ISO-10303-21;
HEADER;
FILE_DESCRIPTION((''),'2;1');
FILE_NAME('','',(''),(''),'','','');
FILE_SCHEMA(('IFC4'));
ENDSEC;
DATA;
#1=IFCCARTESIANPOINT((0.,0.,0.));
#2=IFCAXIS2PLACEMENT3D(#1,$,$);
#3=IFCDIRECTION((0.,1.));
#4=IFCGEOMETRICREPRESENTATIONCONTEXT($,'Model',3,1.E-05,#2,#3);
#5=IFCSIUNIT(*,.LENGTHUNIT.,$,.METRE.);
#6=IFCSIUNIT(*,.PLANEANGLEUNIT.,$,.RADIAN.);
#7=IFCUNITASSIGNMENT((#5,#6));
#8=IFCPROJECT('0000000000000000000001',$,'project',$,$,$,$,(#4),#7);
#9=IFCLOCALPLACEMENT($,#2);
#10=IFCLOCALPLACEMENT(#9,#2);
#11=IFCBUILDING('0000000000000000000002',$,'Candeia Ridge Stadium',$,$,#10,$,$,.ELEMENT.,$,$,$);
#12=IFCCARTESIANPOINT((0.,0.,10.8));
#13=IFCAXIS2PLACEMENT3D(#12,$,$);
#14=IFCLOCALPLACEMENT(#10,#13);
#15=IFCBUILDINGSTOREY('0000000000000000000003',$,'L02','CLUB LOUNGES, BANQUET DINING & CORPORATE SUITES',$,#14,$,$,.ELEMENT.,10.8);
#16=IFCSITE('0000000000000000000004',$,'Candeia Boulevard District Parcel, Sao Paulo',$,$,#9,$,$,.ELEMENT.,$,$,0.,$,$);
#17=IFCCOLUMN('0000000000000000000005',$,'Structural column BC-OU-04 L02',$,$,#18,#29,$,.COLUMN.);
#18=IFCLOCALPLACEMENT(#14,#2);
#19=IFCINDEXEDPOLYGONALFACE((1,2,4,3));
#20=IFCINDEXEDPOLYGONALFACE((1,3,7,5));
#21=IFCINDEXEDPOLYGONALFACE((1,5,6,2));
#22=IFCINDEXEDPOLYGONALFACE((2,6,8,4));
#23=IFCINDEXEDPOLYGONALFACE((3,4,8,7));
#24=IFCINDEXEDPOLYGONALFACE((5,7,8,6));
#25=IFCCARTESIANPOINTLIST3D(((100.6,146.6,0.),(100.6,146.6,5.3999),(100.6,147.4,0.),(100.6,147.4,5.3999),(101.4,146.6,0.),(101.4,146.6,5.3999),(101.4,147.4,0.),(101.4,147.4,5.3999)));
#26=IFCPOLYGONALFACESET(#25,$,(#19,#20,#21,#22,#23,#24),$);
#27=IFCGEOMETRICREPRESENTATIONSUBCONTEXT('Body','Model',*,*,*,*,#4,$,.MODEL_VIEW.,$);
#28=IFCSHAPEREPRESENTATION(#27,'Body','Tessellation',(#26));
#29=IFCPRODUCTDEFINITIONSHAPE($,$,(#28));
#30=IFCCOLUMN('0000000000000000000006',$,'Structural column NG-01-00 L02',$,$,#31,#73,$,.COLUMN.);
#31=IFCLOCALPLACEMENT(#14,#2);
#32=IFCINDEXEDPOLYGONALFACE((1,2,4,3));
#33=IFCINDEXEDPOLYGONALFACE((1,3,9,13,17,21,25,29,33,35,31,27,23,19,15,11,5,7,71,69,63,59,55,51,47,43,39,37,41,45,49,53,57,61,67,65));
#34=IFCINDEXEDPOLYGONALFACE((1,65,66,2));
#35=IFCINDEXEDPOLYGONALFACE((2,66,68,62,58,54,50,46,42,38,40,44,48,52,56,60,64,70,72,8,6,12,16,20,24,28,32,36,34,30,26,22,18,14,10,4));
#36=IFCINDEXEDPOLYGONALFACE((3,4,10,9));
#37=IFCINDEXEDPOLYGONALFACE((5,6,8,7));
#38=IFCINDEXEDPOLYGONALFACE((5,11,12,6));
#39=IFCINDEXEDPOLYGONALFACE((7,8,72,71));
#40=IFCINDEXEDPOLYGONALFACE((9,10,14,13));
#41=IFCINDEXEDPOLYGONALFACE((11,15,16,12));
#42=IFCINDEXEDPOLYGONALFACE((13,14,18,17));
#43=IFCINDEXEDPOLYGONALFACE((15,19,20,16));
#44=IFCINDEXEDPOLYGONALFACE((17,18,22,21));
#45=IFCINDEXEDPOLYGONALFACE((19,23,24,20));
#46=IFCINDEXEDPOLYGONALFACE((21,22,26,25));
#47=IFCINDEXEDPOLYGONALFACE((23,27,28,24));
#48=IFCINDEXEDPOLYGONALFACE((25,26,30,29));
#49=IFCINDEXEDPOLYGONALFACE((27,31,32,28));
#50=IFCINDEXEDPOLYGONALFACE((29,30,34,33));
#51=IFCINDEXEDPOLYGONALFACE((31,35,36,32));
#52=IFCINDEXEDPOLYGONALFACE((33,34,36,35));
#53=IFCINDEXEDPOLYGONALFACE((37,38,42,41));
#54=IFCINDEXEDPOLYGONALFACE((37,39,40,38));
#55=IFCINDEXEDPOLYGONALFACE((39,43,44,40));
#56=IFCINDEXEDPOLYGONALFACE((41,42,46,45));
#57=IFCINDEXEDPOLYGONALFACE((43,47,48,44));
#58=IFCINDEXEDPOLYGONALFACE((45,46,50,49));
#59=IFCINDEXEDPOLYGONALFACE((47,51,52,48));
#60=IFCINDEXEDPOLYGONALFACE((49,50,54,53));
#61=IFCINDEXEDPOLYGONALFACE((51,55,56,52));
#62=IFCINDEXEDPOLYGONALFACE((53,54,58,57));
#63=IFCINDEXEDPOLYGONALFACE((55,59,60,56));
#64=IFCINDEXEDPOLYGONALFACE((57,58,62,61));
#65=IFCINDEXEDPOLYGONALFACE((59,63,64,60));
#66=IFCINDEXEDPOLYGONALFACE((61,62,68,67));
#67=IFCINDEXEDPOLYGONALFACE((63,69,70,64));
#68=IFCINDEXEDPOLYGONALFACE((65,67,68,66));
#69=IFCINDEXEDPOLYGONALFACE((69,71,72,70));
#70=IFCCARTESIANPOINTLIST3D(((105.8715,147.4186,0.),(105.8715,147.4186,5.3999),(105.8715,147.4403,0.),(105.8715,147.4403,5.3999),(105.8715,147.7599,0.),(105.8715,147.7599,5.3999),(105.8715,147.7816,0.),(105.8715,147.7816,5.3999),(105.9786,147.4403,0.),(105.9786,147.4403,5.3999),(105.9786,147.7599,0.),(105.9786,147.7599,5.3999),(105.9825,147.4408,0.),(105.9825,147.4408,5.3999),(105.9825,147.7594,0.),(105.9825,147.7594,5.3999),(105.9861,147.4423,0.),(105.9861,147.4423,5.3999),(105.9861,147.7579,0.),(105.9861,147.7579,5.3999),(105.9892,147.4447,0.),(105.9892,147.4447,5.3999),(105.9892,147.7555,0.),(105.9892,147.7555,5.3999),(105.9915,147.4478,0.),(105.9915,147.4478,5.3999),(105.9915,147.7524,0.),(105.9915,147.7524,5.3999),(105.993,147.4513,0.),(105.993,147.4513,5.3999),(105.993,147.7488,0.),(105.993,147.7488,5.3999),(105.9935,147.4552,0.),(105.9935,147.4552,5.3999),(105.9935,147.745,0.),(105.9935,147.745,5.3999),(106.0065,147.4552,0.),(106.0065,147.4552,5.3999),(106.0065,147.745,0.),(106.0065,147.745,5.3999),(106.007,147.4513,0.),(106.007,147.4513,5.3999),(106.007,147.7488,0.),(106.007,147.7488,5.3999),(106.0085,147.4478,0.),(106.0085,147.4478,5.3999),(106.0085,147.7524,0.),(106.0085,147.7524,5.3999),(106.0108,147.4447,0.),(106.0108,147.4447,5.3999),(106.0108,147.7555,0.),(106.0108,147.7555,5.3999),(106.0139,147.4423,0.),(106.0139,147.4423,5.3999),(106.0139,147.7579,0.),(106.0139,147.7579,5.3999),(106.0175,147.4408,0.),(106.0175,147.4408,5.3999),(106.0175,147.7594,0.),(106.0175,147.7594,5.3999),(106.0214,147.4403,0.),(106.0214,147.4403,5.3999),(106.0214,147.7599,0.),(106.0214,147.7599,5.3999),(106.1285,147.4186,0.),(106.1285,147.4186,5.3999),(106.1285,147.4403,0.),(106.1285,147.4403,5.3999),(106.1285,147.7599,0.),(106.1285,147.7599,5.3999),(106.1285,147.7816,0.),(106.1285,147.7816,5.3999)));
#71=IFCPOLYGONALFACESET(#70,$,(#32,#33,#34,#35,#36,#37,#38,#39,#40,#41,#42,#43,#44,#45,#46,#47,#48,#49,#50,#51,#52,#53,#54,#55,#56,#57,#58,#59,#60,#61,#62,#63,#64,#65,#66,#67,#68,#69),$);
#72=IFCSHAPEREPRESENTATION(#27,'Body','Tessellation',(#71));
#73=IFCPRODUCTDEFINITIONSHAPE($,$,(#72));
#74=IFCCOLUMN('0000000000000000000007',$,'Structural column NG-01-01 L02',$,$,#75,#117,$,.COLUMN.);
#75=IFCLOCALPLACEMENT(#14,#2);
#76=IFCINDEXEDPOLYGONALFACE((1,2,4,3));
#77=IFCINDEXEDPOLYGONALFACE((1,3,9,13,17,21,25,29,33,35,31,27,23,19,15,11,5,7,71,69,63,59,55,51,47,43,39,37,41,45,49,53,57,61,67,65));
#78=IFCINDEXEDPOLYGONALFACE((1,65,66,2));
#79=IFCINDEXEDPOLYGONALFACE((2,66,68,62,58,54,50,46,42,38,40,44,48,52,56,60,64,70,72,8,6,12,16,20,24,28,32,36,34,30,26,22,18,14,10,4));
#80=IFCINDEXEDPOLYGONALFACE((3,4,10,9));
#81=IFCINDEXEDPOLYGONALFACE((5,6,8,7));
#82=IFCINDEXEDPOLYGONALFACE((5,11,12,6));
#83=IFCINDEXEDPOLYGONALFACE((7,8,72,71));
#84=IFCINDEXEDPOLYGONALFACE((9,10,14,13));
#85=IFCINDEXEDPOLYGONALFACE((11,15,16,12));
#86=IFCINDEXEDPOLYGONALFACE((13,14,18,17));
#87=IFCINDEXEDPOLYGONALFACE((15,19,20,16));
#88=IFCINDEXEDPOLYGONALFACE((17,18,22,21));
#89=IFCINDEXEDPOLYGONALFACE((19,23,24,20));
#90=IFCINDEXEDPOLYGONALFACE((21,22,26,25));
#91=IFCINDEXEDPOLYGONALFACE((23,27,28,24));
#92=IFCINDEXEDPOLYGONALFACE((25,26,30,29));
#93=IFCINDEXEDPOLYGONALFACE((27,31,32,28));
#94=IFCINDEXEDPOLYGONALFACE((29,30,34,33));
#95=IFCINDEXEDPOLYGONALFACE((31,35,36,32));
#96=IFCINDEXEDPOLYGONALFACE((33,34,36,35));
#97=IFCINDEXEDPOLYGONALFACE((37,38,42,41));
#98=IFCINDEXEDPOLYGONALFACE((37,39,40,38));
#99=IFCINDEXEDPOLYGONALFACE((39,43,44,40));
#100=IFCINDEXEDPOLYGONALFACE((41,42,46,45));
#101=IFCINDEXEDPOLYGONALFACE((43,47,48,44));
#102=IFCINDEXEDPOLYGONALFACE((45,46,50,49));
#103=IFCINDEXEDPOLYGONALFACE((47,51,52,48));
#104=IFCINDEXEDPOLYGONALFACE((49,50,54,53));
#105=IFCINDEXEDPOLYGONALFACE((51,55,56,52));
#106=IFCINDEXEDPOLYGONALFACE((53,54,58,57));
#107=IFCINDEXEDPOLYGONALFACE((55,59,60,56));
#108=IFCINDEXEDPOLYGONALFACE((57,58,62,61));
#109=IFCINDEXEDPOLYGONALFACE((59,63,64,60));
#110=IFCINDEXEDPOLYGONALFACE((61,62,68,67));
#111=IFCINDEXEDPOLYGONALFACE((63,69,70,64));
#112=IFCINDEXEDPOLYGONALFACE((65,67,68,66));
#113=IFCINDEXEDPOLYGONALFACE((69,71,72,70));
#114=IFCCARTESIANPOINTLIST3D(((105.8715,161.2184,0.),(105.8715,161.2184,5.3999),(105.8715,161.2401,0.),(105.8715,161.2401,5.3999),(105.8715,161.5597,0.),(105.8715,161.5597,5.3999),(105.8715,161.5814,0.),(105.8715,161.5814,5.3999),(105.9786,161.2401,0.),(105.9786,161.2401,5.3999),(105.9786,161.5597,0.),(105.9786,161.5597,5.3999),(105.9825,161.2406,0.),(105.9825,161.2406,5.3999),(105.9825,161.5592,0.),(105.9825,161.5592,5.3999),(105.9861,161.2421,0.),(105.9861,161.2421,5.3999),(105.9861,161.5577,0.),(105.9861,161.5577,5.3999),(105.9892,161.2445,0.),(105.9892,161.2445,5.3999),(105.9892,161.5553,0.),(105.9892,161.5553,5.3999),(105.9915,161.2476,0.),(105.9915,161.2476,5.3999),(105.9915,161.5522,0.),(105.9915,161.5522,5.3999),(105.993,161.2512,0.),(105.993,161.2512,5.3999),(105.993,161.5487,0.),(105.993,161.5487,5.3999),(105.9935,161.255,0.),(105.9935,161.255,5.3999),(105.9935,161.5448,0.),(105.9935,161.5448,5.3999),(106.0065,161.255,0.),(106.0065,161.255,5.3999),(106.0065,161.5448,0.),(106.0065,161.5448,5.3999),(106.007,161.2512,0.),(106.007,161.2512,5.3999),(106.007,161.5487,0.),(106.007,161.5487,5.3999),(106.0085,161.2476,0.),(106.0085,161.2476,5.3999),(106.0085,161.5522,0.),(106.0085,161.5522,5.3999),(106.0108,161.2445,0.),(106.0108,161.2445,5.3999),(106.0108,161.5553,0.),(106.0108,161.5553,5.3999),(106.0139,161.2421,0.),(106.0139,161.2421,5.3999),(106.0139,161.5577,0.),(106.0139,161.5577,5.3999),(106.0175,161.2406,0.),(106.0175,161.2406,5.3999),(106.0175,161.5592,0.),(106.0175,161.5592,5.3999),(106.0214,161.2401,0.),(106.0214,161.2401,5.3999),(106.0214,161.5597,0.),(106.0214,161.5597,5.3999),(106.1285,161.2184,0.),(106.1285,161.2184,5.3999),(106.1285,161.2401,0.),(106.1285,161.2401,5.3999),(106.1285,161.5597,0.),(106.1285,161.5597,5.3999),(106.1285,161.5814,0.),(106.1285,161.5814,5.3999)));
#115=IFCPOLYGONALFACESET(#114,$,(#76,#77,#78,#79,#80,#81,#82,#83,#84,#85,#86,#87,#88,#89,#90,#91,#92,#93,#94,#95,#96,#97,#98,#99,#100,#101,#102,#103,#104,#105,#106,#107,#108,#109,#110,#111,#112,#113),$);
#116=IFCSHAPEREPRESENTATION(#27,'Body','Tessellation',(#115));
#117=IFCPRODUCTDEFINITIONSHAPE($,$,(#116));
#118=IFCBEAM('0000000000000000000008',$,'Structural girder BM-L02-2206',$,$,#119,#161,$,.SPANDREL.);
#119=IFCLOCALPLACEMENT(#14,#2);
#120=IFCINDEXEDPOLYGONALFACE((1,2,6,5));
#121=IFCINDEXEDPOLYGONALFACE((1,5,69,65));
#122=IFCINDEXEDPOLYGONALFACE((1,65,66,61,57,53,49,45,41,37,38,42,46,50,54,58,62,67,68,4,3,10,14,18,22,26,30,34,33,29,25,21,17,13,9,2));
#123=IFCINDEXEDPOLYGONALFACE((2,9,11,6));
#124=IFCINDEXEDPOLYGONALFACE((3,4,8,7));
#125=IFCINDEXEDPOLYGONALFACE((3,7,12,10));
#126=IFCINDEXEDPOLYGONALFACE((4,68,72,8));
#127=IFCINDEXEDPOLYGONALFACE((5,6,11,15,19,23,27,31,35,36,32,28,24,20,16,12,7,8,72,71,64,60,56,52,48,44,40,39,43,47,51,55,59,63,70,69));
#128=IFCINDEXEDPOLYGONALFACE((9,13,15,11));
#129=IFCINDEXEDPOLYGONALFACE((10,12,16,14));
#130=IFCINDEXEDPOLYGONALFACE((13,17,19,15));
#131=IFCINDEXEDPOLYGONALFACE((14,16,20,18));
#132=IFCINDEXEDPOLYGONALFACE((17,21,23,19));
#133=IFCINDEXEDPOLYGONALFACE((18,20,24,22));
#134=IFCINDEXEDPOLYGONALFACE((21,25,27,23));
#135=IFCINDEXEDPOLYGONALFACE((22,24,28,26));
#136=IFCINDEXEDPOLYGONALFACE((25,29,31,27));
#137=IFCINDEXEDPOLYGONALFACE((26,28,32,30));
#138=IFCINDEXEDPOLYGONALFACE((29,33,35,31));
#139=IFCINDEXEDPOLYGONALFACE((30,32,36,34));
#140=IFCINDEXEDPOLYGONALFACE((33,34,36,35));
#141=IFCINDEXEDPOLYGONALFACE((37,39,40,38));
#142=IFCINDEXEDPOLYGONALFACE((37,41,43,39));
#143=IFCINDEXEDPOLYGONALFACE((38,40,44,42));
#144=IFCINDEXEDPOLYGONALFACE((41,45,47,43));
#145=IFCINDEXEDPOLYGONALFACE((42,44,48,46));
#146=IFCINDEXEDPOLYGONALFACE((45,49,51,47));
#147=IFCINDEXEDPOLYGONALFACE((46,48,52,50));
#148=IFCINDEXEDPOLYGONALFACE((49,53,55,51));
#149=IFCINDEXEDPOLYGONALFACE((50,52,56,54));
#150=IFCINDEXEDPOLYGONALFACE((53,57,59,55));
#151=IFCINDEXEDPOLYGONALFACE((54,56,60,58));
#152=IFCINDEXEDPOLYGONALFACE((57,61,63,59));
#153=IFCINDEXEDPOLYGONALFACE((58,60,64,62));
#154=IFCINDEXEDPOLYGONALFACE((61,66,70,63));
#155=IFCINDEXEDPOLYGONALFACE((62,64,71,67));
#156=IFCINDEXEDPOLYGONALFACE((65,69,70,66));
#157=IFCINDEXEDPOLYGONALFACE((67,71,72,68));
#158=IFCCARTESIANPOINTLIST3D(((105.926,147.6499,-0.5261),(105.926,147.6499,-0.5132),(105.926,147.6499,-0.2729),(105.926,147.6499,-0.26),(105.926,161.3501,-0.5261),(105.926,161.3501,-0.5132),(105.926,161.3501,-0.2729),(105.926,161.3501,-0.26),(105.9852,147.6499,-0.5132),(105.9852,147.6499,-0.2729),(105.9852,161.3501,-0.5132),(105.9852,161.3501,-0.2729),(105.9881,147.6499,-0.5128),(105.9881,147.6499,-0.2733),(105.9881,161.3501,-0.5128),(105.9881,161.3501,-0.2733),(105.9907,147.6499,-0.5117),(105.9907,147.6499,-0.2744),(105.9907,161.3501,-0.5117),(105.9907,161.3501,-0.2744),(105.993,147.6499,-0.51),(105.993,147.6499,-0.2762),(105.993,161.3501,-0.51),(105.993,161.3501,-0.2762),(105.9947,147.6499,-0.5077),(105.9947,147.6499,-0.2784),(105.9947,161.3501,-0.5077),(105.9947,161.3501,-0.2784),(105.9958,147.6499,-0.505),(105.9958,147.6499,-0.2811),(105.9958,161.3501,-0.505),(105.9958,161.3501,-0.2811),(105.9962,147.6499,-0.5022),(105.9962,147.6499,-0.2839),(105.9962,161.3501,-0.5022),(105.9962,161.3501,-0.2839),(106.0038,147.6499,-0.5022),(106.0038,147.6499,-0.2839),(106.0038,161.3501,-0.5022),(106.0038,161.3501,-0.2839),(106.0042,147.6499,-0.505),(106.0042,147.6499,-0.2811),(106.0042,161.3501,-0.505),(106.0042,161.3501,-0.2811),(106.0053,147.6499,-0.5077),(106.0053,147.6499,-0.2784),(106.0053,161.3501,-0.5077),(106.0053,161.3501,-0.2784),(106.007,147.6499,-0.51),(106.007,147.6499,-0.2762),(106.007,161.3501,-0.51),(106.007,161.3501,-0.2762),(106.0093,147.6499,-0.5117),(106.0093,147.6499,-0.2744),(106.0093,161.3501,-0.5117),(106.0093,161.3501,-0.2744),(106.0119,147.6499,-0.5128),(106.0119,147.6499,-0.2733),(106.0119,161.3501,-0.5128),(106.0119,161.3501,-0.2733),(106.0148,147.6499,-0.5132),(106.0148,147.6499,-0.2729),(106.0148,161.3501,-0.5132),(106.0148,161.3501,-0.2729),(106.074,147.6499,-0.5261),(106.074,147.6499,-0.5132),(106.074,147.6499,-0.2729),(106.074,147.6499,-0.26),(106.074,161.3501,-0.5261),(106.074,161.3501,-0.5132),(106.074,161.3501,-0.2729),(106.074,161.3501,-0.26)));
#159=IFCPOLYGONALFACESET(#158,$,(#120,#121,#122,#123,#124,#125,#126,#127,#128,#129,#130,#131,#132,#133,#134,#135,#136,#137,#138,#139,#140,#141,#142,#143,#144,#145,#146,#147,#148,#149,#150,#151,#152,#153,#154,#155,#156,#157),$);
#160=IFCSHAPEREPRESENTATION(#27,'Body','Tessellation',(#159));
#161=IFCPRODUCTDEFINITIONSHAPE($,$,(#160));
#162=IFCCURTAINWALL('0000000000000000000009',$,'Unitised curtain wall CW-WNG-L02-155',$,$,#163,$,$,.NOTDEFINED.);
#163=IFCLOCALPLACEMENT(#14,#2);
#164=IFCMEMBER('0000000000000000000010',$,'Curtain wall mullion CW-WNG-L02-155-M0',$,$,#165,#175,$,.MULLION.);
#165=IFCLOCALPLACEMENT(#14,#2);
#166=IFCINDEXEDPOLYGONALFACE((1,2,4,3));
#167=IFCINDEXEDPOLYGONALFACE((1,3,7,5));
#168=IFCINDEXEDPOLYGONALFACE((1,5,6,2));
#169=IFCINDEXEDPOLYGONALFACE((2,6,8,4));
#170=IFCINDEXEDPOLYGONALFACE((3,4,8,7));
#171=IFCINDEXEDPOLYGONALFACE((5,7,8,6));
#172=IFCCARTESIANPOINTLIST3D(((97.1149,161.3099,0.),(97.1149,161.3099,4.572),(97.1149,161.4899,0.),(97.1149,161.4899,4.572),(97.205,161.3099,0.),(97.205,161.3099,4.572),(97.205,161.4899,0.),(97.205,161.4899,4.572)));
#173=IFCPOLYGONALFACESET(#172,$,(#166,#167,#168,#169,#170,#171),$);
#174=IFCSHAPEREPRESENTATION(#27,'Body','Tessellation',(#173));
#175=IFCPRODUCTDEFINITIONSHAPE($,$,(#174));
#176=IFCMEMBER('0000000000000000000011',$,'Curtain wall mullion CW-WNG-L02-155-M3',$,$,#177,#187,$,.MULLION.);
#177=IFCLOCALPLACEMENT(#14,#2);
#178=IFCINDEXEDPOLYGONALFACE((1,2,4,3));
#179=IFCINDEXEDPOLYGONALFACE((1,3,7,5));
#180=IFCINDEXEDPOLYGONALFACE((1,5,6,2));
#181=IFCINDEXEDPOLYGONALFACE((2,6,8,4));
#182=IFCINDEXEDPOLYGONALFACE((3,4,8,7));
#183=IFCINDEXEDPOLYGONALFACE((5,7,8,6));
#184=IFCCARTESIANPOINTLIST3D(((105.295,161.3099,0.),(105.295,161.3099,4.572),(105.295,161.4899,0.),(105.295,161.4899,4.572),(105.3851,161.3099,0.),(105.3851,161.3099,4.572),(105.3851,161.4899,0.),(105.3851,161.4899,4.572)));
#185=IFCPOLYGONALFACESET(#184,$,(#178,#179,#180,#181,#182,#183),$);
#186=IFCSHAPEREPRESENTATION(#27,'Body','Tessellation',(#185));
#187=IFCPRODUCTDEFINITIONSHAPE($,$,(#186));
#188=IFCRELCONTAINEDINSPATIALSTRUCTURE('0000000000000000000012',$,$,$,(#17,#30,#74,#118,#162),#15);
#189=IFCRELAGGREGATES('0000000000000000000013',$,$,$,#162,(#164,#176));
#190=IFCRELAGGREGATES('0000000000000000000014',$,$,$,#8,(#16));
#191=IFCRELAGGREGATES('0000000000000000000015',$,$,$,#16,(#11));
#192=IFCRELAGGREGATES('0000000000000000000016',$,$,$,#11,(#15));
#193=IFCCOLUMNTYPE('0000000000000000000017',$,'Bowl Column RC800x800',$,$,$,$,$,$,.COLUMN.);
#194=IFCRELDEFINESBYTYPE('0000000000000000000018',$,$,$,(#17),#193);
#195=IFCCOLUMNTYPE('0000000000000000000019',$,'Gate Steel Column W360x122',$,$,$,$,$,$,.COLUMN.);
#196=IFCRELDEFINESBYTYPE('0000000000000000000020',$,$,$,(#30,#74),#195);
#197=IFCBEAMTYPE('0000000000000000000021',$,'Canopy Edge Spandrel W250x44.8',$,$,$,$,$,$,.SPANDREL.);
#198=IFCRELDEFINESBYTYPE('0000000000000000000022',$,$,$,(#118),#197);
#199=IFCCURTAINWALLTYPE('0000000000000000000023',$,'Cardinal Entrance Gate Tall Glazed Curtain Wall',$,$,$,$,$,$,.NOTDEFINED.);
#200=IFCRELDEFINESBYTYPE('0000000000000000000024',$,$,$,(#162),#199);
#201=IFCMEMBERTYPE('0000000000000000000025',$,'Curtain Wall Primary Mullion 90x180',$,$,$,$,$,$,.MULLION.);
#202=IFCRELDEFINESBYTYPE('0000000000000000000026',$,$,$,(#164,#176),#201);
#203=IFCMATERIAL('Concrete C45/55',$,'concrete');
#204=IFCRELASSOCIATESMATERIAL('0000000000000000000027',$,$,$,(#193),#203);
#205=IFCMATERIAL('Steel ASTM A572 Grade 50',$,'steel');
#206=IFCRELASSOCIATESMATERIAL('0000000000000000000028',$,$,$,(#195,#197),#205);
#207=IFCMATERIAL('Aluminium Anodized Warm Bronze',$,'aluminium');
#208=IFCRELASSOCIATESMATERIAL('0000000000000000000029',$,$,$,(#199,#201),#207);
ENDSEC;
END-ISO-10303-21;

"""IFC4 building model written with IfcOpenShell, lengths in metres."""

from ifc_helpers import new_model, si_unit, direction, frame, origin, origin_2d, place, context, subcontext, project, spatial, rectangle, i_section, extrude, material, material_profile, profile_set, type_object, element, aggregate, save


model = new_model("IFC4")

# Units and contexts
model_context = context("Model", 3, precision=1e-05, world=origin(), true_north=direction((0.0, 1.0)))
body_context = subcontext(model_context, "Body", "Model", "MODEL_VIEW")
ifc_project = project(units=[si_unit("LENGTHUNIT", "METRE"), si_unit("PLANEANGLEUNIT", "RADIAN")], contexts=[model_context])

# Site, building, storey
site_placement = place(None, origin())
site = spatial("IfcSite", under=ifc_project, at=site_placement, Name="Candeia Boulevard District Parcel, Sao Paulo", CompositionType="ELEMENT", RefElevation=0.0)
building_placement = place(site_placement, origin())
building = spatial("IfcBuilding", under=site, at=building_placement, Name="Candeia Ridge Stadium", CompositionType="ELEMENT")
storey_placement = place(building_placement, frame((0.0, 0.0, 10.8)))
storey = spatial("IfcBuildingStorey", under=building, at=storey_placement, Name="L02", Description="CLUB LOUNGES, BANQUET DINING & CORPORATE SUITES", CompositionType="ELEMENT", Elevation=10.8)

# Columns
ifc_material_1 = material(Name="Concrete C45/55", Category="concrete")
ifc_material_profile_1 = material_profile(ifc_material_1, rectangle(XDim=0.8, YDim=0.8, at=origin_2d()), Name="RC800x800", Category="concrete")
ifc_profile_set_1 = profile_set([ifc_material_profile_1], Name="Concrete C45/55")
column_type_1 = type_object("IfcColumnType", Name="Bowl Column RC800x800", PredefinedType="COLUMN", material=ifc_profile_set_1)
column_placement = place(storey_placement, frame((101.0, 147.0, 0.0), z_axis=(0.0, 0.0, 1.0), x_axis=(1.0, 0.0, 0.0)))
element("IfcColumn", 1, at=column_placement, inside=storey, type_object=column_type_1, Name="Structural column BC-OU-04 L02", PredefinedType="COLUMN", context=body_context, shape_type="SweptSolid", body=[
    extrude(rectangle(XDim=0.8, YDim=0.8, at=origin_2d()), origin(), (0.0, 0.0, 1.0), 5.3999),
])
ifc_material_2 = material(Name="Steel ASTM A572 Grade 50", Category="steel")
ifc_material_profile_2 = material_profile(ifc_material_2, i_section(OverallWidth=0.2571, OverallDepth=0.363, WebThickness=0.0129, FlangeThickness=0.0217, FilletRadius=0.0149, at=origin_2d()), Name="W360x122", Category="steel")
ifc_profile_set_2 = profile_set([ifc_material_profile_2], Name="Steel ASTM A572 Grade 50")
column_type_2 = type_object("IfcColumnType", Name="Gate Steel Column W360x122", PredefinedType="COLUMN", material=ifc_profile_set_2)
for number, where, z_axis, x_axis, name in (
    (2, (106.0, 147.6001, 0.0), (0.0, 0.0, 1.0), (1.0, 0.0, 0.0), "Structural column NG-01-00 L02"),
    (3, (106.0, 161.3999, 0.0), (0.0, 0.0, 1.0), (1.0, 0.0, 0.0), "Structural column NG-01-01 L02"),
):
    element("IfcColumn", number, at=place(storey_placement, frame(where, z_axis=z_axis, x_axis=x_axis)), inside=storey, type_object=column_type_2, Name=name, PredefinedType="COLUMN", context=body_context, shape_type="SweptSolid", body=[
        extrude(i_section(OverallWidth=0.2571, OverallDepth=0.363, WebThickness=0.0129, FlangeThickness=0.0217, FilletRadius=0.0149, at=origin_2d()), origin(), (0.0, 0.0, 1.0), 5.3999),
    ])

# Beam
ifc_material_profile_3 = material_profile(ifc_material_2, i_section(OverallWidth=0.1479, OverallDepth=0.2661, WebThickness=0.0076, FlangeThickness=0.0129, FilletRadius=0.011, at=origin_2d()), Name="W250x44.8", Category="steel")
ifc_profile_set_3 = profile_set([ifc_material_profile_3], Name="Steel ASTM A572 Grade 50")
beam_type_1 = type_object("IfcBeamType", Name="Canopy Edge Spandrel W250x44.8", PredefinedType="SPANDREL", material=ifc_profile_set_3)
beam_1_placement = place(storey_placement, frame((106.0, 147.6499, -0.3931), z_axis=(0.0, 1.0, 0.0), x_axis=(-1.0, 0.0, 0.0)))
element("IfcBeam", 4, at=beam_1_placement, inside=storey, type_object=beam_type_1, Name="Structural girder BM-L02-2206", PredefinedType="SPANDREL", context=body_context, shape_type="SweptSolid", body=[
    extrude(i_section(OverallWidth=0.1479, OverallDepth=0.2661, WebThickness=0.0076, FlangeThickness=0.0129, FilletRadius=0.011, at=origin_2d()), origin(), (0.0, 0.0, 1.0), 13.7002),
])

# Curtain wall, members
ifc_material_3 = material(Name="Aluminium Anodized Warm Bronze", Category="aluminium")
curtain_wall_type = type_object("IfcCurtainWallType", Name="Cardinal Entrance Gate Tall Glazed Curtain Wall", PredefinedType="NOTDEFINED", material=ifc_material_3)
curtain_wall_placement = place(storey_placement, origin())
curtain_wall = element("IfcCurtainWall", 5, at=curtain_wall_placement, inside=storey, type_object=curtain_wall_type, Name="Unitised curtain wall CW-WNG-L02-155", PredefinedType="NOTDEFINED")
ifc_material_profile_4 = material_profile(ifc_material_3, rectangle(XDim=0.0901, YDim=0.1799, at=origin_2d()), Name="CWM-90x180", Category="aluminium")
ifc_profile_set_4 = profile_set([ifc_material_profile_4], Name="Aluminium Anodized Warm Bronze")
member_type_1 = type_object("IfcMemberType", Name="Curtain Wall Primary Mullion 90x180", PredefinedType="MULLION", material=ifc_profile_set_4)
member_1_placement = place(storey_placement, frame((97.1599, 161.3999, 0.0), z_axis=(0.0, 0.0, 1.0), x_axis=(1.0, 0.0, 0.0)))
member_1 = element("IfcMember", 6, at=member_1_placement, type_object=member_type_1, Name="Curtain wall mullion CW-WNG-L02-155-M0", PredefinedType="MULLION", context=body_context, shape_type="SweptSolid", body=[
    extrude(rectangle(XDim=0.0901, YDim=0.1799, at=origin_2d()), origin(), (0.0, 0.0, 1.0), 4.572),
])
member_2_placement = place(storey_placement, frame((105.3401, 161.3999, 0.0), z_axis=(0.0, 0.0, 1.0), x_axis=(1.0, 0.0, 0.0)))
member_2 = element("IfcMember", 7, at=member_2_placement, type_object=member_type_1, Name="Curtain wall mullion CW-WNG-L02-155-M3", PredefinedType="MULLION", context=body_context, shape_type="SweptSolid", body=[
    extrude(rectangle(XDim=0.0901, YDim=0.1799, at=origin_2d()), origin(), (0.0, 0.0, 1.0), 4.572),
])

aggregate(curtain_wall, [member_1, member_2])

save(model, "model.ifc")
